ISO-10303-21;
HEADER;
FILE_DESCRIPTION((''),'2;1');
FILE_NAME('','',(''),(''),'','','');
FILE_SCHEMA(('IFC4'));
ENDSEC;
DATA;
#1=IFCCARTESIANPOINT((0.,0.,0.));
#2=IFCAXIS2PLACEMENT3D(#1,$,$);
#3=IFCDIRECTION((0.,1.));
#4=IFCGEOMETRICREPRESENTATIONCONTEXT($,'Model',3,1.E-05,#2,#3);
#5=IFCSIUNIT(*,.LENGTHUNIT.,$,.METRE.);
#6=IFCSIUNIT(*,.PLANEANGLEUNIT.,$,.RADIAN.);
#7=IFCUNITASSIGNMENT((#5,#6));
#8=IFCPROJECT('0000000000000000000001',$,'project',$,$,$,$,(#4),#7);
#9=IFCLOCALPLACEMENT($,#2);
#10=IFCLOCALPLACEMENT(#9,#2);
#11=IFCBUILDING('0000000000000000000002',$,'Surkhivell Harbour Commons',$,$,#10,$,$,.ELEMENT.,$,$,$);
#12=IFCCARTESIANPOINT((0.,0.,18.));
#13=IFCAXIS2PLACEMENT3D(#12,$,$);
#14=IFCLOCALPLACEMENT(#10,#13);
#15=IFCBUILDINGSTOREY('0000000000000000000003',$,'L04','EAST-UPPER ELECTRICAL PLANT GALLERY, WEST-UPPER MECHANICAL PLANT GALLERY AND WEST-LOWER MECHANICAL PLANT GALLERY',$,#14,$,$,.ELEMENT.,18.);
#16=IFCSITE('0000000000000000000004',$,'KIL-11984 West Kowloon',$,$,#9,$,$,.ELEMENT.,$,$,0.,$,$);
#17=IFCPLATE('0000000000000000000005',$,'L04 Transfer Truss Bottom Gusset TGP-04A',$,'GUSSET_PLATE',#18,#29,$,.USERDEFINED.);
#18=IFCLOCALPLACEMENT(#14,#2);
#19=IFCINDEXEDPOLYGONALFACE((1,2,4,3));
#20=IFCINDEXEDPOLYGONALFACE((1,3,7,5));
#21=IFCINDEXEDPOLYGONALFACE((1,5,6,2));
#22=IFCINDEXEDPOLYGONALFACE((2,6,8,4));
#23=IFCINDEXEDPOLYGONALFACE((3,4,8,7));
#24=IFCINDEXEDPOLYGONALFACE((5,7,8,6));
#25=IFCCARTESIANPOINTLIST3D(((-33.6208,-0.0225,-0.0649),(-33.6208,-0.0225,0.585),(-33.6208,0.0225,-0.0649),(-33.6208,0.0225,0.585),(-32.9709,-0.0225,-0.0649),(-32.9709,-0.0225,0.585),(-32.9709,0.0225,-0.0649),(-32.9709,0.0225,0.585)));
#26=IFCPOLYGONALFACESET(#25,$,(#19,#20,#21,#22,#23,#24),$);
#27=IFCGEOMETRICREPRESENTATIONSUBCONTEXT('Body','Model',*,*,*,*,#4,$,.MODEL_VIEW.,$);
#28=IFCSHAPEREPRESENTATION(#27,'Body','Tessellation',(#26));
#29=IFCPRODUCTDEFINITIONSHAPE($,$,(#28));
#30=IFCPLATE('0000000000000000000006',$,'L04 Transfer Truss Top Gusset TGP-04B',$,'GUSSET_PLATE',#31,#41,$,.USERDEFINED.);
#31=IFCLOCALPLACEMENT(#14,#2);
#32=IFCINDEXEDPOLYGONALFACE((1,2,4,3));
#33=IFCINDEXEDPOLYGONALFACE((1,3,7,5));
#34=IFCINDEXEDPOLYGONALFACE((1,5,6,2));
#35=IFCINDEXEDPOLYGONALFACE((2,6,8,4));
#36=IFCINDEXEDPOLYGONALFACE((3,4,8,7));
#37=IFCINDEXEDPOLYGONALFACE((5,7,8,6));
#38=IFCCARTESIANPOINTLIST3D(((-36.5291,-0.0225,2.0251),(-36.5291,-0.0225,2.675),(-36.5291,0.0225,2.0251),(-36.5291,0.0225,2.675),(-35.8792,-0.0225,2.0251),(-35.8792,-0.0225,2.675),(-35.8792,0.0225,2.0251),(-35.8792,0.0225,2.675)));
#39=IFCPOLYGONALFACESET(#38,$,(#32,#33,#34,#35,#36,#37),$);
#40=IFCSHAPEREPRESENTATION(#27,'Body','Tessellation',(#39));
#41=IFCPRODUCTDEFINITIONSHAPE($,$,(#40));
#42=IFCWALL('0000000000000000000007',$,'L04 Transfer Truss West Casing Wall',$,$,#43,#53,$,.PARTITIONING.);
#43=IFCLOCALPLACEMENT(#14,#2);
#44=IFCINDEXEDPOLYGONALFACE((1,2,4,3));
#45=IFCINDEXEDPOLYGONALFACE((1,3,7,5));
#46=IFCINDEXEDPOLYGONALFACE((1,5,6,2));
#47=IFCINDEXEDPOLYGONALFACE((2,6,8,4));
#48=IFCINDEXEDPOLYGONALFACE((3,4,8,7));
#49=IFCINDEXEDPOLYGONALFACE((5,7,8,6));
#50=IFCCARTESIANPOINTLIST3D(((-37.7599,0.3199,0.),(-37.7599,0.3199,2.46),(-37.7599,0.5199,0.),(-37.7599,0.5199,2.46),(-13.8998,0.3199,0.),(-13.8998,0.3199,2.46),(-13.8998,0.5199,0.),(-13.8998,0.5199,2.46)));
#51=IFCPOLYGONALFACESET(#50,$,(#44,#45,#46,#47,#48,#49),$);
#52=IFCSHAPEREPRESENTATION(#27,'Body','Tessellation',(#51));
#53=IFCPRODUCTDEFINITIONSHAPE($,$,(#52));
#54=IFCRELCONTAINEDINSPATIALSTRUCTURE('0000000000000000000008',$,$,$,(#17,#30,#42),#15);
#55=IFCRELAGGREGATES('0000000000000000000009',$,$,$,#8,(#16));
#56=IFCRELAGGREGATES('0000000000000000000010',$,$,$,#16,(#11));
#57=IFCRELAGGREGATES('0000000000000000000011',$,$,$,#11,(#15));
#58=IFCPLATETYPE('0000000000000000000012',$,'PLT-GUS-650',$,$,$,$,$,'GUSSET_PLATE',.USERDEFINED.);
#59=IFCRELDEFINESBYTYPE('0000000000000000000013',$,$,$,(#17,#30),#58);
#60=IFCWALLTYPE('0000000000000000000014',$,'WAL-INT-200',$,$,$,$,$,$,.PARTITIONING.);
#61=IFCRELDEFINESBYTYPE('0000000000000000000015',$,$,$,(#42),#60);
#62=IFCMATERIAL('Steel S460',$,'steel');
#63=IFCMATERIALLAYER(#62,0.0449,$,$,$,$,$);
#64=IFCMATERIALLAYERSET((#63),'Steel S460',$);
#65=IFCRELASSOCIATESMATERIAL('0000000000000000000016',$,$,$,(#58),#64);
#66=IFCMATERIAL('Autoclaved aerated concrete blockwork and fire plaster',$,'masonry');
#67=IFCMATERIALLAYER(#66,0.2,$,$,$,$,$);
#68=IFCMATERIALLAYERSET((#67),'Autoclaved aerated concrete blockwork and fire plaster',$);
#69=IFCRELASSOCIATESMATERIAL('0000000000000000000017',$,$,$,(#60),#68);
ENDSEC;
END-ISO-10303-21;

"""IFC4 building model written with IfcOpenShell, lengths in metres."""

from ifc_helpers import new_model, si_unit, direction, frame, frame_2d, origin, origin_2d, place, context, subcontext, project, spatial, rectangle, extrude, material, layer, layer_set, type_object, element, save


model = new_model("IFC4")

# Units and contexts
model_context = context("Model", 3, precision=1e-05, world=origin(), true_north=direction((0.0, 1.0)))
body_context = subcontext(model_context, "Body", "Model", "MODEL_VIEW")
ifc_project = project(units=[si_unit("LENGTHUNIT", "METRE"), si_unit("PLANEANGLEUNIT", "RADIAN")], contexts=[model_context])

# Site, building, storey
site_placement = place(None, origin())
site = spatial("IfcSite", under=ifc_project, at=site_placement, Name="KIL-11984 West Kowloon", CompositionType="ELEMENT", RefElevation=0.0)
building_placement = place(site_placement, origin())
building = spatial("IfcBuilding", under=site, at=building_placement, Name="Surkhivell Harbour Commons", CompositionType="ELEMENT")
storey_placement = place(building_placement, frame((0.0, 0.0, 18.0)))
storey = spatial("IfcBuildingStorey", under=building, at=storey_placement, Name="L04", Description="EAST-UPPER ELECTRICAL PLANT GALLERY, WEST-UPPER MECHANICAL PLANT GALLERY AND WEST-LOWER MECHANICAL PLANT GALLERY", CompositionType="ELEMENT", Elevation=18.0)

# Shared definitions
ifc_material_1 = material(Name="Steel S460", Category="steel")

# Plates
ifc_layer_1 = layer(ifc_material_1, 0.0449)
ifc_layer_set_1 = layer_set([ifc_layer_1], Name="Steel S460")
plate_type_1 = type_object("IfcPlateType", Name="PLT-GUS-650", ElementType="GUSSET_PLATE", PredefinedType="USERDEFINED", material=ifc_layer_set_1)
for number, where, z_axis, x_axis, name in (
    (1, (-33.2959, 0.0, -0.0649), (0.0, 0.0, 1.0), (1.0, 0.0, 0.0), "L04 Transfer Truss Bottom Gusset TGP-04A"),
    (2, (-36.2041, 0.0, 2.0251), (0.0, 0.0, 1.0), (1.0, 0.0, 0.0), "L04 Transfer Truss Top Gusset TGP-04B"),
):
    element("IfcPlate", number, at=place(storey_placement, frame(where, z_axis=z_axis, x_axis=x_axis)), inside=storey, type_object=plate_type_1, Name=name, ObjectType="GUSSET_PLATE", PredefinedType="USERDEFINED", context=body_context, shape_type="SweptSolid", body=[
        extrude(rectangle(XDim=0.6499, YDim=0.0449, at=origin_2d()), origin(), (0.0, 0.0, 1.0), 0.6499),
    ])

# Wall
ifc_material_2 = material(Name="Autoclaved aerated concrete blockwork and fire plaster", Category="masonry")
ifc_layer_2 = layer(ifc_material_2, 0.2)
ifc_layer_set_2 = layer_set([ifc_layer_2], Name="Autoclaved aerated concrete blockwork and fire plaster")
wall_type = type_object("IfcWallType", Name="WAL-INT-200", PredefinedType="PARTITIONING", material=ifc_layer_set_2)
wall_placement = place(storey_placement, frame((-37.76, 0.4199, 0.0), z_axis=(0.0, 0.0, 1.0), x_axis=(1.0, 0.0, 0.0)))
element("IfcWall", 3, at=wall_placement, inside=storey, type_object=wall_type, Name="L04 Transfer Truss West Casing Wall", PredefinedType="PARTITIONING", context=body_context, shape_type="SweptSolid", body=[
    extrude(rectangle(XDim=23.8601, YDim=0.2, at=frame_2d((11.9302, 0.0))), origin(), (0.0, 0.0, 1.0), 2.46),
])

save(model, "model.ifc")
